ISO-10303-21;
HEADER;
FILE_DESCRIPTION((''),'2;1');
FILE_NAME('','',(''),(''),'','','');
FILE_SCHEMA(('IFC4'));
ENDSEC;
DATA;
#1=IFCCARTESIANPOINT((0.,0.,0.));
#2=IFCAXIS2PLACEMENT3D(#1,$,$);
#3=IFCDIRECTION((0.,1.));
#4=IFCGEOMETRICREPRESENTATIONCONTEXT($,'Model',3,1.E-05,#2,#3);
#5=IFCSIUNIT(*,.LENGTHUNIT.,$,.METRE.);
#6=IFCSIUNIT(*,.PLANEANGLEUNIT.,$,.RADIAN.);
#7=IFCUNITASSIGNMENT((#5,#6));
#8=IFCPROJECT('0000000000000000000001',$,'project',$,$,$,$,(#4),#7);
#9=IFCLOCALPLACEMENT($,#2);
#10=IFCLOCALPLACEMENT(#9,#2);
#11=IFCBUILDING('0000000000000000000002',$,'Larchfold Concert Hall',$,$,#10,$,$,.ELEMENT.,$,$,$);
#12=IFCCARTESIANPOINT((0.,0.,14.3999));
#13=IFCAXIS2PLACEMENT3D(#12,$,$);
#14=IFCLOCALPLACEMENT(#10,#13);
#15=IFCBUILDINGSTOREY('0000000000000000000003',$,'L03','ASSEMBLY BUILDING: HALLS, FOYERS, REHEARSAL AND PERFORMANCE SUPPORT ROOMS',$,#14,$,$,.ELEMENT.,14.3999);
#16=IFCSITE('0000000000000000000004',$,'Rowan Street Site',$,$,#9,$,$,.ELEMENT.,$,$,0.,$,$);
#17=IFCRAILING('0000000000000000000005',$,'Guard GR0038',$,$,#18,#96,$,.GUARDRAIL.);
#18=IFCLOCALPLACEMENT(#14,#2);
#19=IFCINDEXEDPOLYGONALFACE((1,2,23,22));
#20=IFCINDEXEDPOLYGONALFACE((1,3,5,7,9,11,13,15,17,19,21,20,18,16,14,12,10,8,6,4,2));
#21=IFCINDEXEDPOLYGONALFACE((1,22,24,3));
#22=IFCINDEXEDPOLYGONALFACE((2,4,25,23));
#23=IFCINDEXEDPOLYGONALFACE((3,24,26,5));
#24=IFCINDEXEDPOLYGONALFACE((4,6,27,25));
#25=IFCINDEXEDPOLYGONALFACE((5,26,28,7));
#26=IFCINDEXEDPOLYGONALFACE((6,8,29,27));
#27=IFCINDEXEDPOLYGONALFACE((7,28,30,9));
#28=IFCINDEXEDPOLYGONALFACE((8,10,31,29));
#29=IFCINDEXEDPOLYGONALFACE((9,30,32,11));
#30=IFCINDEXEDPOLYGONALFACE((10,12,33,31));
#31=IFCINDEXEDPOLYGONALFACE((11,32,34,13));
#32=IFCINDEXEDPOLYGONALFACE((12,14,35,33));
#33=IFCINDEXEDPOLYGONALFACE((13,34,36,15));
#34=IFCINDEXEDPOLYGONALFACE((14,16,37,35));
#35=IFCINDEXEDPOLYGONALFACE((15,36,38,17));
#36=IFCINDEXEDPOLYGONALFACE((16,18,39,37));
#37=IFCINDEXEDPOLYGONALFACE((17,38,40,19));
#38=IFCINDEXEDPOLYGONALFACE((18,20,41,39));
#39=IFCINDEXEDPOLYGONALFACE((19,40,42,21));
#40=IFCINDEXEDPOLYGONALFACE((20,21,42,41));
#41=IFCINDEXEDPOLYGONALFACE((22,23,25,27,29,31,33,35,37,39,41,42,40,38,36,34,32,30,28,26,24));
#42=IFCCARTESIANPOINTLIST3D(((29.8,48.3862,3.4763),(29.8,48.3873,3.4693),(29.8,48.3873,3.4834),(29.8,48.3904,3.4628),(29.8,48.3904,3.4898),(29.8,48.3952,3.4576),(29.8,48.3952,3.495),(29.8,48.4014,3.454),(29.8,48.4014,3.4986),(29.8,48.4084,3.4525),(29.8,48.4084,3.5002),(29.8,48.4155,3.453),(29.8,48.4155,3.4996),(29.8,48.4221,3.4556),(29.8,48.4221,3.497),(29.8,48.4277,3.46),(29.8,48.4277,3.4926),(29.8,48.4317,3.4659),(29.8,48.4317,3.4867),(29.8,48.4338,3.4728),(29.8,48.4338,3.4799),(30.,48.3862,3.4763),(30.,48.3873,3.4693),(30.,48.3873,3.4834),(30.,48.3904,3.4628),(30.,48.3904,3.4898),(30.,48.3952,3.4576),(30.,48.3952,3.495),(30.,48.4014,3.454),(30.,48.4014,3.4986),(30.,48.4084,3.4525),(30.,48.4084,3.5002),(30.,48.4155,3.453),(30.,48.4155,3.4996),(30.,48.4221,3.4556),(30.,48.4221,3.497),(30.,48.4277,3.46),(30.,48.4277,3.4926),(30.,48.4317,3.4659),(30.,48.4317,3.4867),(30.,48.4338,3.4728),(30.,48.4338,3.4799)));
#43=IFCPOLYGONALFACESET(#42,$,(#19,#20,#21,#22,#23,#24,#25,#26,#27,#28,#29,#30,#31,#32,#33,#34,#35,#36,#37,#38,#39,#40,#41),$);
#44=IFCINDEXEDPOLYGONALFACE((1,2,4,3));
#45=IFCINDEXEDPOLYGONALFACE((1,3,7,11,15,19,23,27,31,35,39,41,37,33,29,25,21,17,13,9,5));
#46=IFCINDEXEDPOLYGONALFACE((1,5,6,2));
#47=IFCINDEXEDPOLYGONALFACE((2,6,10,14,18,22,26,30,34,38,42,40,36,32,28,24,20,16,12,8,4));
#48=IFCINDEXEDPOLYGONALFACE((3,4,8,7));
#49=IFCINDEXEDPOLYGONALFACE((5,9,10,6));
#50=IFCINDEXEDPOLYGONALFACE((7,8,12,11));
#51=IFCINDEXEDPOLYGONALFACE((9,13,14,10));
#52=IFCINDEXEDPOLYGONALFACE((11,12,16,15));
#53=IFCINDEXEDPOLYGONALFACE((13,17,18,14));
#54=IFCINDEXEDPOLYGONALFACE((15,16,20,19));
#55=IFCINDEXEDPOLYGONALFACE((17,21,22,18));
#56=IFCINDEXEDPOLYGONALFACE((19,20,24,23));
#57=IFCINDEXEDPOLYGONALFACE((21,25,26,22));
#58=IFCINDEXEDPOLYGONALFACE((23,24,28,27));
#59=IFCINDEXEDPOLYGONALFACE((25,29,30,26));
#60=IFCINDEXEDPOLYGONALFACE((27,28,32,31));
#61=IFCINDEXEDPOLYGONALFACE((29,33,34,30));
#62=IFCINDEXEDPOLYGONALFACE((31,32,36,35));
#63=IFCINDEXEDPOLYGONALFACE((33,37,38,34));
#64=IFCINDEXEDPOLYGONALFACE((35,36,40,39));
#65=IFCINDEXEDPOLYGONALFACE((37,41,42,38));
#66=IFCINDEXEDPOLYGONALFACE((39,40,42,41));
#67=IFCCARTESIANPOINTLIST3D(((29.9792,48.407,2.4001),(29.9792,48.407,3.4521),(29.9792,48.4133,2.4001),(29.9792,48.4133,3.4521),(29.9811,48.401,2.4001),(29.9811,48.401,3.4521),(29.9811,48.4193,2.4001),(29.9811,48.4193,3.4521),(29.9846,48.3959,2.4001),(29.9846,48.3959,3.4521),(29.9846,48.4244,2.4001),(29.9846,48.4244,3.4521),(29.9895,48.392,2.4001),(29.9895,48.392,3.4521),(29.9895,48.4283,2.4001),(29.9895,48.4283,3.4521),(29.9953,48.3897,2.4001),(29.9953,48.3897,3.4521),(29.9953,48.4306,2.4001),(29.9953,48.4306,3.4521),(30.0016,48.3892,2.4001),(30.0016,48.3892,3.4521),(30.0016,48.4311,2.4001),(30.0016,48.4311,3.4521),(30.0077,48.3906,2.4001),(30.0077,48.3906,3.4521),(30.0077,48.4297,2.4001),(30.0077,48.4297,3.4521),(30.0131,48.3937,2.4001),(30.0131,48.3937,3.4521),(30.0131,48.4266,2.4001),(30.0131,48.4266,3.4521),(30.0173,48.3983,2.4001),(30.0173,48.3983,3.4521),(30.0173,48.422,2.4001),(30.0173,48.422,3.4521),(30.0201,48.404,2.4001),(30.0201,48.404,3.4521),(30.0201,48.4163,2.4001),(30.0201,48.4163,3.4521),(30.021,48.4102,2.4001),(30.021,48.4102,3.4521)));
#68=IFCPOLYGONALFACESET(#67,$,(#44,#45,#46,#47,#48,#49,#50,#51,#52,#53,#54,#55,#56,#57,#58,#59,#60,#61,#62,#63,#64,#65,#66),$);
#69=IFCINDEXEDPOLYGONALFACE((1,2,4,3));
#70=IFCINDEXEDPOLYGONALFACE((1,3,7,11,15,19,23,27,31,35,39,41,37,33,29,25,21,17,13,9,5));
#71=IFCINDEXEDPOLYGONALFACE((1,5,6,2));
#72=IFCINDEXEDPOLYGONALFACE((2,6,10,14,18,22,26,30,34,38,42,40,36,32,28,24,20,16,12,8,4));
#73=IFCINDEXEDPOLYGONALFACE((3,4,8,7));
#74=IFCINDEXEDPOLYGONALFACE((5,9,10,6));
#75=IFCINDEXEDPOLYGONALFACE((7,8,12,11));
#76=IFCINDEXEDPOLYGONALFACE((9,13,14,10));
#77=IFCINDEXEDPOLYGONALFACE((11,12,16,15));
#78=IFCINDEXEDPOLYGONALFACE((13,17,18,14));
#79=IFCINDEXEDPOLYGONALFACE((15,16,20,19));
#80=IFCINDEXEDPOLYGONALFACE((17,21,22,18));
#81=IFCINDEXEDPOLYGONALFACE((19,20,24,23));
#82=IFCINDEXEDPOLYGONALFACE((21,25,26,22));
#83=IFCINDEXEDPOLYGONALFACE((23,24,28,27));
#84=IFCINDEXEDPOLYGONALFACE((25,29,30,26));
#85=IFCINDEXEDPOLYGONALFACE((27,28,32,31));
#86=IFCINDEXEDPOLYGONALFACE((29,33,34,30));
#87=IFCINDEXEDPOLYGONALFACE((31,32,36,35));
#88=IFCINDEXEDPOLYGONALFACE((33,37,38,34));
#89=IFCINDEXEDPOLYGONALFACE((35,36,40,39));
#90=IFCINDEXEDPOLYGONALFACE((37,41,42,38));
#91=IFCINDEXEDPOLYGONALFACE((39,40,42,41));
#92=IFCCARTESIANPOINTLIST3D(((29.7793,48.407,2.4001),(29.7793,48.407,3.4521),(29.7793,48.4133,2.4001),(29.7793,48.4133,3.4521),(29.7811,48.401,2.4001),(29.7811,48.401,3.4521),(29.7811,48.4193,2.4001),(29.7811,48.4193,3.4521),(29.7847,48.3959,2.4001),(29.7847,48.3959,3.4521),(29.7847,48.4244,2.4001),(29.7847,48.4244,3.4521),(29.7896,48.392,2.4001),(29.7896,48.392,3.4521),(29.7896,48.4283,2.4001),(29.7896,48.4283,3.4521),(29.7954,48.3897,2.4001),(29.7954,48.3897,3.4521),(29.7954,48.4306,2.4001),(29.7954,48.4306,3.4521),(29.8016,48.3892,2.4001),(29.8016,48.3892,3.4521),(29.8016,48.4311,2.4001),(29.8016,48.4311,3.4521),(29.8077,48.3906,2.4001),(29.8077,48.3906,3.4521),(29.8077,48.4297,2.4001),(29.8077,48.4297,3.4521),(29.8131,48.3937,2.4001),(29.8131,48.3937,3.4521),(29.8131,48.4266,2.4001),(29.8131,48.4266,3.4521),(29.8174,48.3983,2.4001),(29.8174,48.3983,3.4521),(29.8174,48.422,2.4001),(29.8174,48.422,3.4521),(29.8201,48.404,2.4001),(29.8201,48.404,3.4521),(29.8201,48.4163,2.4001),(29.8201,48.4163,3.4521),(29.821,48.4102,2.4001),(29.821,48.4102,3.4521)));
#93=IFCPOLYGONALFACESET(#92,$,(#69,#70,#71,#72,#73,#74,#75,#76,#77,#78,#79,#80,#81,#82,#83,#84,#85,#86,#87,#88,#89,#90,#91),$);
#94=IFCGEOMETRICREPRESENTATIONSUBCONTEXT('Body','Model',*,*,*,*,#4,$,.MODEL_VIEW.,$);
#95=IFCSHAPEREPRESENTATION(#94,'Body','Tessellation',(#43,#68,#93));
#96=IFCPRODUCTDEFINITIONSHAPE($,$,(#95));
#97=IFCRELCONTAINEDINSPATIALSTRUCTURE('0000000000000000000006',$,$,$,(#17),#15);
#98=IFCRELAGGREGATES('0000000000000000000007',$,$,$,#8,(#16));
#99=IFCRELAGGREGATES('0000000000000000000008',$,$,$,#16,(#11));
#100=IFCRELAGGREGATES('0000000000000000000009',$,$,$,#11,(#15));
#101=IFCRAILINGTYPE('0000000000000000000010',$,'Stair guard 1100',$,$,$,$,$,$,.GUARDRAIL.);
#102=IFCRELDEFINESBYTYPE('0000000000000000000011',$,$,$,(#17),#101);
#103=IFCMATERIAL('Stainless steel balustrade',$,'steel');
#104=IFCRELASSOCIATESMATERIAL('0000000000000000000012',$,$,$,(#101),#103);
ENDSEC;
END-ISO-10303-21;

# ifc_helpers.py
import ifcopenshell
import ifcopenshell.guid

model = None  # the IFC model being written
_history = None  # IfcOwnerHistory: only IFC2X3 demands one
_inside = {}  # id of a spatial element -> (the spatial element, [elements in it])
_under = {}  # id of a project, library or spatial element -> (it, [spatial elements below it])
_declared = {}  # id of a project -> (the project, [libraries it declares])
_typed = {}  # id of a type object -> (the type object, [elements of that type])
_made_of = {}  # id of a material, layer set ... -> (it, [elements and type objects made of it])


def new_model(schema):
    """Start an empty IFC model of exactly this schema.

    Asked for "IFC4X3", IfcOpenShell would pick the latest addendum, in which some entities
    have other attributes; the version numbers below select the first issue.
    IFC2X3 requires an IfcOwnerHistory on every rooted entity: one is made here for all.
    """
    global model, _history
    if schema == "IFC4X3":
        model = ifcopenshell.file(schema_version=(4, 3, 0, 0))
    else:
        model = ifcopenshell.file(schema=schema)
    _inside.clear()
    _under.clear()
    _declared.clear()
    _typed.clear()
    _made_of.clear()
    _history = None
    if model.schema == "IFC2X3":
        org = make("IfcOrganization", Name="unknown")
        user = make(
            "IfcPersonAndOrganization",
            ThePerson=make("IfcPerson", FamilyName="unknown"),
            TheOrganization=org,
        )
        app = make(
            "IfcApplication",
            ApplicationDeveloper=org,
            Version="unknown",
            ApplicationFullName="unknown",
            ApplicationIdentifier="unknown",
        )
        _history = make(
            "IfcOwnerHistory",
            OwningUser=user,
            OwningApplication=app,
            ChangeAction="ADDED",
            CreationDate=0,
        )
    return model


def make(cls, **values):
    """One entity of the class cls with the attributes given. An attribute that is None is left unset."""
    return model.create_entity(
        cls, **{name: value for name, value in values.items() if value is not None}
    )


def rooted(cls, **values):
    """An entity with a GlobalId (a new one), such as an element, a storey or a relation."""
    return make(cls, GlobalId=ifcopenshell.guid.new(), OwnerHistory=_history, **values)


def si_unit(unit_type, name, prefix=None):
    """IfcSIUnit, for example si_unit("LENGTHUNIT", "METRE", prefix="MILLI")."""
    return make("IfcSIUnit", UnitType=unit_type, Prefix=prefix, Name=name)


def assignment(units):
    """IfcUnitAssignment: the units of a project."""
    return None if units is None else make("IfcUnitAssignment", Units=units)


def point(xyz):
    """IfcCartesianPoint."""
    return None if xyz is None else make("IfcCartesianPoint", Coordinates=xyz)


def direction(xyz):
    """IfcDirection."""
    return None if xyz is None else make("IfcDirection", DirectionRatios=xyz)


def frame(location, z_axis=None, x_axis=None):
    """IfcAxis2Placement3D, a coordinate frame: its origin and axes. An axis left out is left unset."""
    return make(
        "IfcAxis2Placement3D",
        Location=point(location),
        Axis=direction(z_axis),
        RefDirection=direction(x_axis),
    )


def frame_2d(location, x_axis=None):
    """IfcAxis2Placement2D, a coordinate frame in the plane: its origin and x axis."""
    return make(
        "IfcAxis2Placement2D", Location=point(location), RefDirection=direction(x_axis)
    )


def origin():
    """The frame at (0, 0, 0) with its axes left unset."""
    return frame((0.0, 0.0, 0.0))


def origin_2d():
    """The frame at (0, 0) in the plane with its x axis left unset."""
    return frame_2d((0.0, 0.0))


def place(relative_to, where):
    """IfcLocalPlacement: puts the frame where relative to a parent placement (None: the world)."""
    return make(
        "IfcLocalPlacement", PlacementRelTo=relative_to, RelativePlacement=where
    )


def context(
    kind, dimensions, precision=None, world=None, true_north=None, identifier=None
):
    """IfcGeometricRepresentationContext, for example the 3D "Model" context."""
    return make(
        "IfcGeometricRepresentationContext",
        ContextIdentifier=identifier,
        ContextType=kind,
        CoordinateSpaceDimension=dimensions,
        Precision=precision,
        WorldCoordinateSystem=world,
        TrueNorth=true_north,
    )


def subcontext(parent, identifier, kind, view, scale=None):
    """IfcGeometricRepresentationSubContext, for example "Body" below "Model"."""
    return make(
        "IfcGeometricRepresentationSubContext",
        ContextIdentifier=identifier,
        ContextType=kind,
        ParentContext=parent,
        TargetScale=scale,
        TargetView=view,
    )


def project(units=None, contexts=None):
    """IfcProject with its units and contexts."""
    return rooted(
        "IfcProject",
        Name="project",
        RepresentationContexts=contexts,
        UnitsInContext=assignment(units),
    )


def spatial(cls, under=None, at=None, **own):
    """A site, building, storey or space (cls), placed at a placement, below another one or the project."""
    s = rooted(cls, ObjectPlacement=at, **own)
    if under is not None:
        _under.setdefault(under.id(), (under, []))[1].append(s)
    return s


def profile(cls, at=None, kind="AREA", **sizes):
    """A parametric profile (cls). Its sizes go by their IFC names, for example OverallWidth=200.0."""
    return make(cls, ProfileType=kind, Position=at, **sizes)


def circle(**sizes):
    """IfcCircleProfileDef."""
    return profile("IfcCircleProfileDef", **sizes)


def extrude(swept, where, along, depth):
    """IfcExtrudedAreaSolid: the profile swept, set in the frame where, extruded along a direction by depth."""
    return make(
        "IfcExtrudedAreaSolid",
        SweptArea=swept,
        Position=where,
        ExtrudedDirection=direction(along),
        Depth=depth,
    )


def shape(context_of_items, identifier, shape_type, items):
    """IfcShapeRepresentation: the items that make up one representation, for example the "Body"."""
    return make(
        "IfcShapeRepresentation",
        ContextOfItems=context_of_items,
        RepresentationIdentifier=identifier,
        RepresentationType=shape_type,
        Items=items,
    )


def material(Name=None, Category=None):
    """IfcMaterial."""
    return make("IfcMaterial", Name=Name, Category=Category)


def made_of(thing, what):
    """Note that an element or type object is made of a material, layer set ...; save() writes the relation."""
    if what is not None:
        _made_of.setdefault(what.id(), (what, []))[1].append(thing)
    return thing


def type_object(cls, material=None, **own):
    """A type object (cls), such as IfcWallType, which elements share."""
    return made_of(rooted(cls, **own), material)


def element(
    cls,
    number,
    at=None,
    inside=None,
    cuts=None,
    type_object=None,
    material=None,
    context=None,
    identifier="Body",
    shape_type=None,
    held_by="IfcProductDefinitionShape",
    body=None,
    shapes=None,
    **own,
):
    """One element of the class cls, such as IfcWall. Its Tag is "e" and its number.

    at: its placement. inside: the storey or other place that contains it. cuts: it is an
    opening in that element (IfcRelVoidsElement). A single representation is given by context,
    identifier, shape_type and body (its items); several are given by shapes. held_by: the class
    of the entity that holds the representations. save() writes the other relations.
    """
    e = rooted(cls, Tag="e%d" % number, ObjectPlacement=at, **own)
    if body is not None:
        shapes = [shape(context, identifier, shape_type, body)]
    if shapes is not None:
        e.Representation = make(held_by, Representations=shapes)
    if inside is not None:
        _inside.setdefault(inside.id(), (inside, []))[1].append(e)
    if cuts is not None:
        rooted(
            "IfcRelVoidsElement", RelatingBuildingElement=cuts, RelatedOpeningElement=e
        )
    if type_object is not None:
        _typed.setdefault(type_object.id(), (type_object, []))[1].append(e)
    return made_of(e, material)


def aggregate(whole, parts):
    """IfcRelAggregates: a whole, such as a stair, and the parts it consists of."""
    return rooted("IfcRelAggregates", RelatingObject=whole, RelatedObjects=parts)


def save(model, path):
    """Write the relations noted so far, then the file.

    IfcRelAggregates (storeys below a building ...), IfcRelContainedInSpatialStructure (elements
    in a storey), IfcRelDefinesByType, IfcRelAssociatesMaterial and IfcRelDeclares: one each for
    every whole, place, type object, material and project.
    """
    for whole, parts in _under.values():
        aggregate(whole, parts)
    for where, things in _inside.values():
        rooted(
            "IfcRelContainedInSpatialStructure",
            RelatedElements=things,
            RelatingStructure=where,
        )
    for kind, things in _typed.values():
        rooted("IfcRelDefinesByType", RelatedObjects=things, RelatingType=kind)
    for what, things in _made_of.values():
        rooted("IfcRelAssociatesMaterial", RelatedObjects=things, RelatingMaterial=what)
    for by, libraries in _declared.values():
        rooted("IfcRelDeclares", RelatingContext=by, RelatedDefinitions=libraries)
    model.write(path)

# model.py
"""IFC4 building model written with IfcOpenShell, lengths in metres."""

from ifc_helpers import new_model, si_unit, direction, frame, origin, origin_2d, place, context, subcontext, project, spatial, circle, extrude, material, type_object, element, save


model = new_model("IFC4")

# Units and contexts
model_context = context("Model", 3, precision=1e-05, world=origin(), true_north=direction((0.0, 1.0)))
body_context = subcontext(model_context, "Body", "Model", "MODEL_VIEW")
ifc_project = project(units=[si_unit("LENGTHUNIT", "METRE"), si_unit("PLANEANGLEUNIT", "RADIAN")], contexts=[model_context])

# Site, building, storey
site_placement = place(None, origin())
site = spatial("IfcSite", under=ifc_project, at=site_placement, Name="Rowan Street Site", CompositionType="ELEMENT", RefElevation=0.0)
building_placement = place(site_placement, origin())
building = spatial("IfcBuilding", under=site, at=building_placement, Name="Larchfold Concert Hall", CompositionType="ELEMENT")
storey_placement = place(building_placement, frame((0.0, 0.0, 14.3999)))
storey = spatial("IfcBuildingStorey", under=building, at=storey_placement, Name="L03", Description="ASSEMBLY BUILDING: HALLS, FOYERS, REHEARSAL AND PERFORMANCE SUPPORT ROOMS", CompositionType="ELEMENT", Elevation=14.3999)

# Railing
ifc_material_1 = material(Name="Stainless steel balustrade", Category="steel")
railing_type_1 = type_object("IfcRailingType", Name="Stair guard 1100", PredefinedType="GUARDRAIL", material=ifc_material_1)
railing_1_placement = place(storey_placement, frame((30.0, 48.4102, 2.4001)))
element("IfcRailing", 1, at=railing_1_placement, inside=storey, type_object=railing_type_1, Name="Guard GR0038", PredefinedType="GUARDRAIL", context=body_context, shape_type="SweptSolid", body=[
    extrude(circle(Radius=0.0239, at=origin_2d()), frame((0.0, 0.0, 1.0762), z_axis=(-1.0, 0.0, 0.0), x_axis=(0.0, -1.0, 0.0)), (0.0, 0.0, 1.0), 0.2),
    extrude(circle(Radius=0.021, at=origin_2d()), origin(), (0.0, 0.0, 1.0), 1.052),
    extrude(circle(Radius=0.021, at=origin_2d()), frame((-0.2, 0.0, 0.0)), (0.0, 0.0, 1.0), 1.052),
])

save(model, "model.ifc")
